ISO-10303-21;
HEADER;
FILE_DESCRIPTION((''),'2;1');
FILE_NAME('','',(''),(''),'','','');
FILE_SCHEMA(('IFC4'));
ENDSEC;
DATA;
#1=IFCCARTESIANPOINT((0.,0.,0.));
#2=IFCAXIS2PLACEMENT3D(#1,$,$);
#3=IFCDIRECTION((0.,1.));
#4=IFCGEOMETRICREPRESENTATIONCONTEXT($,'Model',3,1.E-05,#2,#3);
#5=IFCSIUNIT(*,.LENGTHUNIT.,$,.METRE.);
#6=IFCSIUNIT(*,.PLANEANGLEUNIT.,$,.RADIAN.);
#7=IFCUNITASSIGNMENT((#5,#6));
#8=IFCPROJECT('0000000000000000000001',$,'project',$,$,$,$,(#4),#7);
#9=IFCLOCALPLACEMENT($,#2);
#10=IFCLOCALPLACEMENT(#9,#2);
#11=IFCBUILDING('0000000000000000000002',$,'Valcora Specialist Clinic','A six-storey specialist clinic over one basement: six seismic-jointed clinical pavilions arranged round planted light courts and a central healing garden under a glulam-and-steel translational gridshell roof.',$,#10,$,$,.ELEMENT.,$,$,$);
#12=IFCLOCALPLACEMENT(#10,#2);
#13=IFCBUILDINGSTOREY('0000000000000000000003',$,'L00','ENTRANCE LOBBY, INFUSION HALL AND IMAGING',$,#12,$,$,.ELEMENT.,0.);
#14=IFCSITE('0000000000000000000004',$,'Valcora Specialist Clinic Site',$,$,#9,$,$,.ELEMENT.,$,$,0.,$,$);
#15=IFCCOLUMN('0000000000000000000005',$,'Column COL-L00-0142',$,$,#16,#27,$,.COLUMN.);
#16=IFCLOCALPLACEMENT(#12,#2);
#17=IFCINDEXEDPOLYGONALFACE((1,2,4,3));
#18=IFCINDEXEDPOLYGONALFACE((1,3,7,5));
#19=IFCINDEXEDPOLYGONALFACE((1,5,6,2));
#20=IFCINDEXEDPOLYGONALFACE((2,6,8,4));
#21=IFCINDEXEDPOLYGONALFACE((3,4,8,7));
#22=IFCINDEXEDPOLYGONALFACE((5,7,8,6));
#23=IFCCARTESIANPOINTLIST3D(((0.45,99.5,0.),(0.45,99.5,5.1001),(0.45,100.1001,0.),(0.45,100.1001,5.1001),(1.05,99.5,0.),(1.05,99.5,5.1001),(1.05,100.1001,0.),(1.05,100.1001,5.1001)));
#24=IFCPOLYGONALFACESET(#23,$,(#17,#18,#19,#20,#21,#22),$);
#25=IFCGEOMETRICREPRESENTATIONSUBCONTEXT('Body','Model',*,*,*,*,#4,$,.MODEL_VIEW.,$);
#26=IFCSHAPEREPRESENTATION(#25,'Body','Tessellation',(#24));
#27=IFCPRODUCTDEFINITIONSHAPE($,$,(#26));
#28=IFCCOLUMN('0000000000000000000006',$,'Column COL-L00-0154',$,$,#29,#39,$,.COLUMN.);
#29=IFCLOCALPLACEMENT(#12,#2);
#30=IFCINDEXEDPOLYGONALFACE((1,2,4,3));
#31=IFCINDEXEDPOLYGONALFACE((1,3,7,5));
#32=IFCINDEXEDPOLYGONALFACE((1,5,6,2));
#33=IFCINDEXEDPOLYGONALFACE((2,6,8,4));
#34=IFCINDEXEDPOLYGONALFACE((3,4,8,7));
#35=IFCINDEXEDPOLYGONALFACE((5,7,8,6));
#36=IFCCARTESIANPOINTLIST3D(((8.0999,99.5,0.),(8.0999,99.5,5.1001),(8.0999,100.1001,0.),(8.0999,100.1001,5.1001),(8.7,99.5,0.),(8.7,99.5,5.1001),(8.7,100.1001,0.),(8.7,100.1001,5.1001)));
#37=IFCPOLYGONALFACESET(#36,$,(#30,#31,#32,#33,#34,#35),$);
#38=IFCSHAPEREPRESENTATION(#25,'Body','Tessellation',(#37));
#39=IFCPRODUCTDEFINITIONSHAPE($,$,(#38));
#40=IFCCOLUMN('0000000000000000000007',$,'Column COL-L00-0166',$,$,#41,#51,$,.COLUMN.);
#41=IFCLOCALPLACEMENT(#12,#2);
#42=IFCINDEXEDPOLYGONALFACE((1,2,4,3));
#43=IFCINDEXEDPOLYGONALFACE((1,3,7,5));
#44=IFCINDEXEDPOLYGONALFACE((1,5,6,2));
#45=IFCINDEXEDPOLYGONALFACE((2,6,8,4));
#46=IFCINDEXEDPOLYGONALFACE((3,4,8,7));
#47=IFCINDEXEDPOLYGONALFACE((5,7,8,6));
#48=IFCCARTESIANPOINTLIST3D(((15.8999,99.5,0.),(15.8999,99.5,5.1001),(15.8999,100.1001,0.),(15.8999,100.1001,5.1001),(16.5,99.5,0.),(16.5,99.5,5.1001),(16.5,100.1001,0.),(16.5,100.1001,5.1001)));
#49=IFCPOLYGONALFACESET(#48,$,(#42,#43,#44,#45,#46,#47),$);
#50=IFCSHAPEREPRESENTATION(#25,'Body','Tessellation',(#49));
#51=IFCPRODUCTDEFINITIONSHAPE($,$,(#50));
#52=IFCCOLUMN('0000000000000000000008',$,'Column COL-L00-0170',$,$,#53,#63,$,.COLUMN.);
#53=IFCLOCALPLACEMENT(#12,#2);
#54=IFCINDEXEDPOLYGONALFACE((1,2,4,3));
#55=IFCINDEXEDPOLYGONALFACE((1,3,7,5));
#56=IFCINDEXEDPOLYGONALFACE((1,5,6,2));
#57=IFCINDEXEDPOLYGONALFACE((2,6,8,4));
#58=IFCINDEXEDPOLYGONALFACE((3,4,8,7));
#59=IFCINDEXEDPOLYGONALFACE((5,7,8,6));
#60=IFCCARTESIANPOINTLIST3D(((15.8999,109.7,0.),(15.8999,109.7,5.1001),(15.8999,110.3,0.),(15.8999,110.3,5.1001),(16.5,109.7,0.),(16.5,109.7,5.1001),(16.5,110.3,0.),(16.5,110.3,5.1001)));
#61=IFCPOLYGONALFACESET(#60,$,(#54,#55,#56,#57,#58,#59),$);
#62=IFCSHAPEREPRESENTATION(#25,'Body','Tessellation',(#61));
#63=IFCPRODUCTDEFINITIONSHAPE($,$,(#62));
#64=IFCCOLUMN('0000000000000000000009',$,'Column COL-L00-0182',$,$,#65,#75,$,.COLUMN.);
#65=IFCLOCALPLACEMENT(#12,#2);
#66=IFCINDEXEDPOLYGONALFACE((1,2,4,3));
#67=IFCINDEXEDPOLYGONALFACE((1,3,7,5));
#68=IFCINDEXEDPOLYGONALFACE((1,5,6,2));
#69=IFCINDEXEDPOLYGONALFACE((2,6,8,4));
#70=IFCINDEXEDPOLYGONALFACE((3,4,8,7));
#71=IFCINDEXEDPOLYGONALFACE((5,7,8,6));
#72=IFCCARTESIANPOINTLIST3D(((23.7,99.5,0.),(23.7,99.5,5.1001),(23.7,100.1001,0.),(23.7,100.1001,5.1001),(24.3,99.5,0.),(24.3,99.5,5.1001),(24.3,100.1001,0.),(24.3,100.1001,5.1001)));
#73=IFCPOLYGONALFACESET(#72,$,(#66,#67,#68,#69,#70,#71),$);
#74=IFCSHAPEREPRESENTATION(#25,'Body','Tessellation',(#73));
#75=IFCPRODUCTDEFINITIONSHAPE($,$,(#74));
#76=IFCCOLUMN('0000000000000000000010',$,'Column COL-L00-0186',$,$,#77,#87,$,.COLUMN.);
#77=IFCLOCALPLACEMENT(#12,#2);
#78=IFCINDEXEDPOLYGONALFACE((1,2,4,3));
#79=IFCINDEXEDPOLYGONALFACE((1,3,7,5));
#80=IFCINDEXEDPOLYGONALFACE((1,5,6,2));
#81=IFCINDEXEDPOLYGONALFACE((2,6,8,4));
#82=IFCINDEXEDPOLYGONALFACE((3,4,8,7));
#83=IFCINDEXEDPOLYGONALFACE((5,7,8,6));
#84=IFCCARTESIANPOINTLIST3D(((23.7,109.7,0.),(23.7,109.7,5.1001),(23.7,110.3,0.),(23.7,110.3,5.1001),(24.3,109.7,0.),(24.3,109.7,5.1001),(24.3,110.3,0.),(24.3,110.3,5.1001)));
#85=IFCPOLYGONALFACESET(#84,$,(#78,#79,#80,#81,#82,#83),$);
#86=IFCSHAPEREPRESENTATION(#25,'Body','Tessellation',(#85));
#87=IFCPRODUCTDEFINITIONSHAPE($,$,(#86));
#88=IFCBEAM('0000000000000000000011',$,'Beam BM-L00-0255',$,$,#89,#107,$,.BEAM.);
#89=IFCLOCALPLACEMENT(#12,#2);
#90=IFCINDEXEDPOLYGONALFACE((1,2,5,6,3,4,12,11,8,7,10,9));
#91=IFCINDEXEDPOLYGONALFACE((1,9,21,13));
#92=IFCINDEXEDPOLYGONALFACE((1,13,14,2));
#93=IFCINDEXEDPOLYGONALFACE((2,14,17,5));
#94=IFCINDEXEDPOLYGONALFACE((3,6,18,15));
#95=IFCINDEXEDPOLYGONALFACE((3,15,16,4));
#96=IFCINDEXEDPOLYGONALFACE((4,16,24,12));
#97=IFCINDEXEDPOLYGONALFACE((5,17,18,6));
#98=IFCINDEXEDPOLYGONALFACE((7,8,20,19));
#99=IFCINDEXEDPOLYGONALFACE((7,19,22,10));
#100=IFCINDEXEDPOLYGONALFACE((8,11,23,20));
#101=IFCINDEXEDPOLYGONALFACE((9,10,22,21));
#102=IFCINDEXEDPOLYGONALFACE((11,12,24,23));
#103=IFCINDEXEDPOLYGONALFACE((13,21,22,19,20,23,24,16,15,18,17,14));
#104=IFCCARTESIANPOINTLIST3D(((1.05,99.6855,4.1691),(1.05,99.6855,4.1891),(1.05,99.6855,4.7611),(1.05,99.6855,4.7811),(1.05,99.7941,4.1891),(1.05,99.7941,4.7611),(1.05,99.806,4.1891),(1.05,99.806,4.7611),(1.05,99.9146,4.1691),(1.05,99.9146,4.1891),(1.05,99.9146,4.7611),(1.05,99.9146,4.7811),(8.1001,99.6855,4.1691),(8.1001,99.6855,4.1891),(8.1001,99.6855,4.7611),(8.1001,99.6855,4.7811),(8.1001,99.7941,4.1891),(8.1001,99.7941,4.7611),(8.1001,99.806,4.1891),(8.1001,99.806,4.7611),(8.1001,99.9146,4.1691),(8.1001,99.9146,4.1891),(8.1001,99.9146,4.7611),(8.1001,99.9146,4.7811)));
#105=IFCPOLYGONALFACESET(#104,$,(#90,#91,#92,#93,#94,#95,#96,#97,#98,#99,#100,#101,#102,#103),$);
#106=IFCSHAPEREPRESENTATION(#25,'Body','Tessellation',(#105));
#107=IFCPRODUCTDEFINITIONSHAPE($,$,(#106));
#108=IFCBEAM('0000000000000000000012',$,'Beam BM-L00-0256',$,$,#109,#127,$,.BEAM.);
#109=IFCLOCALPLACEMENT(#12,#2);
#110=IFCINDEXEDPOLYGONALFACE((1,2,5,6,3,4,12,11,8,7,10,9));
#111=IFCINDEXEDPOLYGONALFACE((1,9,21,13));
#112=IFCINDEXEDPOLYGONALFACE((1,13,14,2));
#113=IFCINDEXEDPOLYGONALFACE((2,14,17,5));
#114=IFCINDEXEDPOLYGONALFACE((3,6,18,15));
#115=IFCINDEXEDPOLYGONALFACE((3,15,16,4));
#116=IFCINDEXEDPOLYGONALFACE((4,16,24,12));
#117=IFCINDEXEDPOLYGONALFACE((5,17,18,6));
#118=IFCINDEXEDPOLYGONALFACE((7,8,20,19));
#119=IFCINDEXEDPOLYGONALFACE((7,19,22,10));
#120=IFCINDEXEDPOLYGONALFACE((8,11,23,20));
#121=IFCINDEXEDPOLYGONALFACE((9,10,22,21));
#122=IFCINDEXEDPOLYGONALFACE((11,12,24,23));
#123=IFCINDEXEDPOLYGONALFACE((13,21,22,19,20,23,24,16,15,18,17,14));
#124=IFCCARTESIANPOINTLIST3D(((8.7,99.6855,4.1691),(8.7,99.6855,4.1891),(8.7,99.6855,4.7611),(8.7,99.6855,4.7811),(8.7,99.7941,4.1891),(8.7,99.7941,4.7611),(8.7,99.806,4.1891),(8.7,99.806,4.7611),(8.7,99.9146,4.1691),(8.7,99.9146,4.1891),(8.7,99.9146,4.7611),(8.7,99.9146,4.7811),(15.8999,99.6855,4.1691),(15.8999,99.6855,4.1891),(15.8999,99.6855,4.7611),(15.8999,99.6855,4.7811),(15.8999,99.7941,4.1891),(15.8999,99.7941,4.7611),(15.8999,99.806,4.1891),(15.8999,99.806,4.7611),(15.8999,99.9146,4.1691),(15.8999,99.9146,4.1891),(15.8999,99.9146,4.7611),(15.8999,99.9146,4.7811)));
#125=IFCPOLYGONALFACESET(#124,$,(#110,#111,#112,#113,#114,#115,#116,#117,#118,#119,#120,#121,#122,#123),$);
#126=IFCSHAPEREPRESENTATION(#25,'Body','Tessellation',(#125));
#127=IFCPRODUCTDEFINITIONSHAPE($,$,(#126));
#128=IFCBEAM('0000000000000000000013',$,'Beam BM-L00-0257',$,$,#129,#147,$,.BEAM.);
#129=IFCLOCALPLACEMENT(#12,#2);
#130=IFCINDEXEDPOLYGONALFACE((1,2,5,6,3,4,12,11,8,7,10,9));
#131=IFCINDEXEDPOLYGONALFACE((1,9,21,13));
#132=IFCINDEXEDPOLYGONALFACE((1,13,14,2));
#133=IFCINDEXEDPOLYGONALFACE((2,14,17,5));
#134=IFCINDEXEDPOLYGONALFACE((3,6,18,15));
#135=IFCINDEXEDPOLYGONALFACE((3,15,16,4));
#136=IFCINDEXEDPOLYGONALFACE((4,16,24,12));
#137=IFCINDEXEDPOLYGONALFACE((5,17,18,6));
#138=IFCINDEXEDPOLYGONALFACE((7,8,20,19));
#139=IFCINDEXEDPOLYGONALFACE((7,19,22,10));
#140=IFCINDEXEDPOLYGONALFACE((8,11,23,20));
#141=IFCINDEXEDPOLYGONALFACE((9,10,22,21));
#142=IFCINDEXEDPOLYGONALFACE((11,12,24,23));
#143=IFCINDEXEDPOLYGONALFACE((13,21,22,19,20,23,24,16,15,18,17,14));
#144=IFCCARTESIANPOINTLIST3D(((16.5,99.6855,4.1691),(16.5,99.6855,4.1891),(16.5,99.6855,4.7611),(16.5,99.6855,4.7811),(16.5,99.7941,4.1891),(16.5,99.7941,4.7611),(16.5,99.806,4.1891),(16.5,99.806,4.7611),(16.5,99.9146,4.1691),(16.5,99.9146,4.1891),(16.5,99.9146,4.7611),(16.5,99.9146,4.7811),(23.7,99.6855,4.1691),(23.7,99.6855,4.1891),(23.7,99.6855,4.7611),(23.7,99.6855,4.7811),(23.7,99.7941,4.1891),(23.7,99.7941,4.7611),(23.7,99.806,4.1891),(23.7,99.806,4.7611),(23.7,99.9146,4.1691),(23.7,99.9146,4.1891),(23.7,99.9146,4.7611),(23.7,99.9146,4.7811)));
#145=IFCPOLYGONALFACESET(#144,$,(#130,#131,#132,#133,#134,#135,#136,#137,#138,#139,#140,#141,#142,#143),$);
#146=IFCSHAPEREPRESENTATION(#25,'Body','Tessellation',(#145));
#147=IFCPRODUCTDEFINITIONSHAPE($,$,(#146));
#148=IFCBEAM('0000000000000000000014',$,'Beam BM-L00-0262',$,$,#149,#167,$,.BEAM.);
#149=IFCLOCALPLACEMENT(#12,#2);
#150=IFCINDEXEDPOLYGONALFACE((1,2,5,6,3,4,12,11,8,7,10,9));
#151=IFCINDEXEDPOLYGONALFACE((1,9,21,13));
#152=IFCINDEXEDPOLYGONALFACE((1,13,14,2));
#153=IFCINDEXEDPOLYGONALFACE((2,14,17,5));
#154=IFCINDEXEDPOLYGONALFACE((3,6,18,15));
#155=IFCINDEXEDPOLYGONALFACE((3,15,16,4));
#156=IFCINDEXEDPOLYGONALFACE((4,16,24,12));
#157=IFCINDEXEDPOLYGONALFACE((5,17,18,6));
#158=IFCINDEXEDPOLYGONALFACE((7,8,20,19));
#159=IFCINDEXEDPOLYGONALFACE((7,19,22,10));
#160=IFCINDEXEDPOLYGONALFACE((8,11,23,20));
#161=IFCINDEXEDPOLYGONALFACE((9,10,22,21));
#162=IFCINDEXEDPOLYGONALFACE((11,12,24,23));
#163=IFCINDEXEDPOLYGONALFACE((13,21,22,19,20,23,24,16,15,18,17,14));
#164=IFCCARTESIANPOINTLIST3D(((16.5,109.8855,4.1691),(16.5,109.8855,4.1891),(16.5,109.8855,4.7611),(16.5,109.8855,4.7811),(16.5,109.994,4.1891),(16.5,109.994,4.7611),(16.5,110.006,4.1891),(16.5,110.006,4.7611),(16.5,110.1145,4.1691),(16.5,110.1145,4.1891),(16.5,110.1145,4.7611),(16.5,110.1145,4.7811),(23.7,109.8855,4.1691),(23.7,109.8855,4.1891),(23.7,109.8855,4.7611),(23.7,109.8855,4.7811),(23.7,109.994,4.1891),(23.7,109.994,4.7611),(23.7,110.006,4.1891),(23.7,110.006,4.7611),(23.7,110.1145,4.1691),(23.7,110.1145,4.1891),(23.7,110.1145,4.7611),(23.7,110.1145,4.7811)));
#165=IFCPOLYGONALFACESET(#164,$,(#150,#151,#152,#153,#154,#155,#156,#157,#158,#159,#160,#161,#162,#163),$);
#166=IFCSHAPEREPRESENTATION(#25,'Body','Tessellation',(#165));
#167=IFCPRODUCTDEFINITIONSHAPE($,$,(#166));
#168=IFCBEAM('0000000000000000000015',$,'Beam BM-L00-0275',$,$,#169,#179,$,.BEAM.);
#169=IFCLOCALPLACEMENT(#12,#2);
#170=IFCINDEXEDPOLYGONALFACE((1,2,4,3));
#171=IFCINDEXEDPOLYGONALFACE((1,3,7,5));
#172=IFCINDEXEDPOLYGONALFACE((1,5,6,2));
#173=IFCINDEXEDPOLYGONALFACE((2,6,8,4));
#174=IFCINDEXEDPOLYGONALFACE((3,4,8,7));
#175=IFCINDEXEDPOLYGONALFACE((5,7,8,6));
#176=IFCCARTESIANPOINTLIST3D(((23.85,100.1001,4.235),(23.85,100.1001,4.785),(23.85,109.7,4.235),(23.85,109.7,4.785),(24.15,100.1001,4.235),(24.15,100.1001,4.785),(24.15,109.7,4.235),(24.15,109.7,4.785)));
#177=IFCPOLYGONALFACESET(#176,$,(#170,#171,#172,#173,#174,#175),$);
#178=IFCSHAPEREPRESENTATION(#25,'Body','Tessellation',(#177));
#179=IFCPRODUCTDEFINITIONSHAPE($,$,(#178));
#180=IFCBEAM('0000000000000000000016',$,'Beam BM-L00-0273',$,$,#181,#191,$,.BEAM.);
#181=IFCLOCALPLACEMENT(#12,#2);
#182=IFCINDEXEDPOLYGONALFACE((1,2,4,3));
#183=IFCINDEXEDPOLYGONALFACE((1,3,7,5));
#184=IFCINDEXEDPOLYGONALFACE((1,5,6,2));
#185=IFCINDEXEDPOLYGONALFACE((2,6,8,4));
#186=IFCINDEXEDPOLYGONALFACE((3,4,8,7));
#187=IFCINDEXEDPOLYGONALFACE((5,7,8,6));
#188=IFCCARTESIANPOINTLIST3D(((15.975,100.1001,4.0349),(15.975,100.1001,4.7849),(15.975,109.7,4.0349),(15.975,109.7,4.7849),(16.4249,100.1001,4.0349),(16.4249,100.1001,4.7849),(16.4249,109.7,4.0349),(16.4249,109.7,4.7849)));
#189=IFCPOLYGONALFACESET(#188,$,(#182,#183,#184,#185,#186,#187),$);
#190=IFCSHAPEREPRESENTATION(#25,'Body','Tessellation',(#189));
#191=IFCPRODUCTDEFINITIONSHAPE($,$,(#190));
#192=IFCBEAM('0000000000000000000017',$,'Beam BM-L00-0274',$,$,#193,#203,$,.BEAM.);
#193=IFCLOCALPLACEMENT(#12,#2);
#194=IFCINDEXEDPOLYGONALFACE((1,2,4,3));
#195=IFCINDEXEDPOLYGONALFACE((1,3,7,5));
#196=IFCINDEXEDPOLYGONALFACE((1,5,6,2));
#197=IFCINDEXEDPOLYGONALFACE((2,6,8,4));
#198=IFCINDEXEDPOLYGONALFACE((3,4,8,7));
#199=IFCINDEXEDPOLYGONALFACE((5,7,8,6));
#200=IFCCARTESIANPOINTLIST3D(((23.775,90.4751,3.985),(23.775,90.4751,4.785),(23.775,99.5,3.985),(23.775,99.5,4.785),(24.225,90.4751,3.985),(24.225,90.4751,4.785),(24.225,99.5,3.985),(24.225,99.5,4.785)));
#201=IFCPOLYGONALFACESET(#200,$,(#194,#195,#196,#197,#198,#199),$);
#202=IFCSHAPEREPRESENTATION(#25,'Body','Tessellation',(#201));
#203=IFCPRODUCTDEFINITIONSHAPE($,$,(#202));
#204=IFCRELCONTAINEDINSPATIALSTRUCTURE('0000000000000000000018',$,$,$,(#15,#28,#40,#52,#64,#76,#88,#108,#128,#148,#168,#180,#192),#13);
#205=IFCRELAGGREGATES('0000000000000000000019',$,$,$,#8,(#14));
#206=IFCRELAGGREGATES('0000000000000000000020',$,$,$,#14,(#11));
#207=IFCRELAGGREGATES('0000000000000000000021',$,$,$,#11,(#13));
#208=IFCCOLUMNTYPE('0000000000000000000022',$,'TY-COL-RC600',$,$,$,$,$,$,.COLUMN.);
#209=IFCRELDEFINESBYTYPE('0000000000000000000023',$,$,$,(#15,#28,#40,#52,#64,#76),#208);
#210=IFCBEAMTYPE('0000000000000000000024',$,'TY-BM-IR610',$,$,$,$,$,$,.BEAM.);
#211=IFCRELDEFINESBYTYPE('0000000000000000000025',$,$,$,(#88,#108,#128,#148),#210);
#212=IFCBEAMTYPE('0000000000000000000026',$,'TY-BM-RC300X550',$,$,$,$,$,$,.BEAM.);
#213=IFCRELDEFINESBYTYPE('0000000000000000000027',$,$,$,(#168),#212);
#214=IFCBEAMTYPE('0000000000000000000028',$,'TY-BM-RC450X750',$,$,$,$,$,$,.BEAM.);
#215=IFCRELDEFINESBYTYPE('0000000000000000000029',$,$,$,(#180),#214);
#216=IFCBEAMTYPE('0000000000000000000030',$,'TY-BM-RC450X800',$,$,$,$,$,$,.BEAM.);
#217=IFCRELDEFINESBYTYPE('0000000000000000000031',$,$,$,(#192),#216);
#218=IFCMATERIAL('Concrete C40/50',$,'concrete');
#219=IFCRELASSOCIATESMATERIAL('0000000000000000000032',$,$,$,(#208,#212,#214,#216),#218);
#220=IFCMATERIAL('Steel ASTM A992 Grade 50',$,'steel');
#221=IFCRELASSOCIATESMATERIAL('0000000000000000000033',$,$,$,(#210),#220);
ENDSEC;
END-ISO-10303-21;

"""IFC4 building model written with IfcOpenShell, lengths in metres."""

from ifc_helpers import new_model, si_unit, direction, frame, origin, origin_2d, place, context, subcontext, project, spatial, rectangle, i_section, extrude, material, material_profile, profile_set, type_object, element, save


model = new_model("IFC4")

# Units and contexts
model_context = context("Model", 3, precision=1e-05, world=origin(), true_north=direction((0.0, 1.0)))
body_context = subcontext(model_context, "Body", "Model", "MODEL_VIEW")
ifc_project = project(units=[si_unit("LENGTHUNIT", "METRE"), si_unit("PLANEANGLEUNIT", "RADIAN")], contexts=[model_context])

# Site, building, storey
site_placement = place(None, origin())
site = spatial("IfcSite", under=ifc_project, at=site_placement, Name="Valcora Specialist Clinic Site", CompositionType="ELEMENT", RefElevation=0.0)
building_placement = place(site_placement, origin())
building = spatial("IfcBuilding", under=site, at=building_placement, Name="Valcora Specialist Clinic", Description="A six-storey specialist clinic over one basement: six seismic-jointed clinical pavilions arranged round planted light courts and a central healing garden under a glulam-and-steel translational gridshell roof.", CompositionType="ELEMENT")
storey_placement = place(building_placement, origin())
storey = spatial("IfcBuildingStorey", under=building, at=storey_placement, Name="L00", Description="ENTRANCE LOBBY, INFUSION HALL AND IMAGING", CompositionType="ELEMENT", Elevation=0.0)

# Columns
ifc_material_1 = material(Name="Concrete C40/50", Category="concrete")
ifc_material_profile_1 = material_profile(ifc_material_1, rectangle(XDim=0.6001, YDim=0.6001, at=origin_2d()), Name="RC-COL-600X600")
ifc_profile_set_1 = profile_set([ifc_material_profile_1], Name="Concrete C40/50")
column_type = type_object("IfcColumnType", Name="TY-COL-RC600", PredefinedType="COLUMN", material=ifc_profile_set_1)
for number, where, z_axis, x_axis, name in (
    (1, (0.75, 99.8, 0.0), (0.0, 0.0, 1.0), (1.0, 0.0, 0.0), "Column COL-L00-0142"),
    (2, (8.3999, 99.8, 0.0), (0.0, 0.0, 1.0), (1.0, 0.0, 0.0), "Column COL-L00-0154"),
    (3, (16.2, 99.8, 0.0), (0.0, 0.0, 1.0), (1.0, 0.0, 0.0), "Column COL-L00-0166"),
    (4, (16.2, 110.0, 0.0), (0.0, 0.0, 1.0), (1.0, 0.0, 0.0), "Column COL-L00-0170"),
    (5, (24.0, 99.8, 0.0), (0.0, 0.0, 1.0), (1.0, 0.0, 0.0), "Column COL-L00-0182"),
    (6, (24.0, 110.0, 0.0), (0.0, 0.0, 1.0), (1.0, 0.0, 0.0), "Column COL-L00-0186"),
):
    element("IfcColumn", number, at=place(storey_placement, frame(where, z_axis=z_axis, x_axis=x_axis)), inside=storey, type_object=column_type, Name=name, PredefinedType="COLUMN", context=body_context, shape_type="SweptSolid", body=[
        extrude(rectangle(XDim=0.6001, YDim=0.6001, at=origin_2d()), origin(), (0.0, 0.0, 1.0), 5.1001),
    ])

# Beams
ifc_material_2 = material(Name="Steel ASTM A992 Grade 50", Category="steel")
ifc_material_profile_2 = material_profile(ifc_material_2, i_section(OverallWidth=0.229, OverallDepth=0.6121, WebThickness=0.012, FlangeThickness=0.02, at=origin_2d()), Name="ST-IR-610X229")
ifc_profile_set_2 = profile_set([ifc_material_profile_2], Name="Steel ASTM A992 Grade 50")
beam_type_1 = type_object("IfcBeamType", Name="TY-BM-IR610", PredefinedType="BEAM", material=ifc_profile_set_2)
beam_1_placement = place(storey_placement, frame((1.05, 99.8, 4.4751), z_axis=(1.0, 0.0, 0.0), x_axis=(0.0, 1.0, 0.0)))
element("IfcBeam", 7, at=beam_1_placement, inside=storey, type_object=beam_type_1, Name="Beam BM-L00-0255", PredefinedType="BEAM", context=body_context, shape_type="SweptSolid", body=[
    extrude(i_section(OverallWidth=0.229, OverallDepth=0.6121, WebThickness=0.012, FlangeThickness=0.02, at=origin_2d()), origin(), (0.0, 0.0, 1.0), 7.05),
])
for number, where, z_axis, x_axis, name in (
    (8, (8.7, 99.8, 4.4751), (1.0, 0.0, 0.0), (0.0, 1.0, 0.0), "Beam BM-L00-0256"),
    (9, (16.5, 99.8, 4.4751), (1.0, 0.0, 0.0), (0.0, 1.0, 0.0), "Beam BM-L00-0257"),
    (10, (16.5, 110.0, 4.4751), (1.0, 0.0, 0.0), (0.0, 1.0, 0.0), "Beam BM-L00-0262"),
):
    element("IfcBeam", number, at=place(storey_placement, frame(where, z_axis=z_axis, x_axis=x_axis)), inside=storey, type_object=beam_type_1, Name=name, PredefinedType="BEAM", context=body_context, shape_type="SweptSolid", body=[
        extrude(i_section(OverallWidth=0.229, OverallDepth=0.6121, WebThickness=0.012, FlangeThickness=0.02, at=origin_2d()), origin(), (0.0, 0.0, 1.0), 7.2),
    ])
ifc_material_profile_3 = material_profile(ifc_material_1, rectangle(XDim=0.3, YDim=0.55, at=origin_2d()), Name="RC-BM-300X550")
ifc_profile_set_3 = profile_set([ifc_material_profile_3], Name="Concrete C40/50")
beam_type_2 = type_object("IfcBeamType", Name="TY-BM-RC300X550", PredefinedType="BEAM", material=ifc_profile_set_3)
beam_2_placement = place(storey_placement, frame((24.0, 100.1001, 4.51), z_axis=(0.0, 1.0, 0.0), x_axis=(-1.0, 0.0, 0.0)))
element("IfcBeam", 11, at=beam_2_placement, inside=storey, type_object=beam_type_2, Name="Beam BM-L00-0275", PredefinedType="BEAM", context=body_context, shape_type="SweptSolid", body=[
    extrude(rectangle(XDim=0.3, YDim=0.55, at=origin_2d()), origin(), (0.0, 0.0, 1.0), 9.5999),
])
ifc_material_profile_4 = material_profile(ifc_material_1, rectangle(XDim=0.45, YDim=0.75, at=origin_2d()), Name="RC-BM-450X750")
ifc_profile_set_4 = profile_set([ifc_material_profile_4], Name="Concrete C40/50")
beam_type_3 = type_object("IfcBeamType", Name="TY-BM-RC450X750", PredefinedType="BEAM", material=ifc_profile_set_4)
beam_3_placement = place(storey_placement, frame((16.2, 100.1001, 4.4099), z_axis=(0.0, 1.0, 0.0), x_axis=(-1.0, 0.0, 0.0)))
element("IfcBeam", 12, at=beam_3_placement, inside=storey, type_object=beam_type_3, Name="Beam BM-L00-0273", PredefinedType="BEAM", context=body_context, shape_type="SweptSolid", body=[
    extrude(rectangle(XDim=0.45, YDim=0.75, at=origin_2d()), origin(), (0.0, 0.0, 1.0), 9.5999),
])
ifc_material_profile_5 = material_profile(ifc_material_1, rectangle(XDim=0.45, YDim=0.8, at=origin_2d()), Name="RC-BM-450X800")
ifc_profile_set_5 = profile_set([ifc_material_profile_5], Name="Concrete C40/50")
beam_type_4 = type_object("IfcBeamType", Name="TY-BM-RC450X800", PredefinedType="BEAM", material=ifc_profile_set_5)
beam_4_placement = place(storey_placement, frame((24.0, 90.4751, 4.385), z_axis=(0.0, 1.0, 0.0), x_axis=(-1.0, 0.0, 0.0)))
element("IfcBeam", 13, at=beam_4_placement, inside=storey, type_object=beam_type_4, Name="Beam BM-L00-0274", PredefinedType="BEAM", context=body_context, shape_type="SweptSolid", body=[
    extrude(rectangle(XDim=0.45, YDim=0.8, at=origin_2d()), origin(), (0.0, 0.0, 1.0), 9.0249),
])

save(model, "model.ifc")
